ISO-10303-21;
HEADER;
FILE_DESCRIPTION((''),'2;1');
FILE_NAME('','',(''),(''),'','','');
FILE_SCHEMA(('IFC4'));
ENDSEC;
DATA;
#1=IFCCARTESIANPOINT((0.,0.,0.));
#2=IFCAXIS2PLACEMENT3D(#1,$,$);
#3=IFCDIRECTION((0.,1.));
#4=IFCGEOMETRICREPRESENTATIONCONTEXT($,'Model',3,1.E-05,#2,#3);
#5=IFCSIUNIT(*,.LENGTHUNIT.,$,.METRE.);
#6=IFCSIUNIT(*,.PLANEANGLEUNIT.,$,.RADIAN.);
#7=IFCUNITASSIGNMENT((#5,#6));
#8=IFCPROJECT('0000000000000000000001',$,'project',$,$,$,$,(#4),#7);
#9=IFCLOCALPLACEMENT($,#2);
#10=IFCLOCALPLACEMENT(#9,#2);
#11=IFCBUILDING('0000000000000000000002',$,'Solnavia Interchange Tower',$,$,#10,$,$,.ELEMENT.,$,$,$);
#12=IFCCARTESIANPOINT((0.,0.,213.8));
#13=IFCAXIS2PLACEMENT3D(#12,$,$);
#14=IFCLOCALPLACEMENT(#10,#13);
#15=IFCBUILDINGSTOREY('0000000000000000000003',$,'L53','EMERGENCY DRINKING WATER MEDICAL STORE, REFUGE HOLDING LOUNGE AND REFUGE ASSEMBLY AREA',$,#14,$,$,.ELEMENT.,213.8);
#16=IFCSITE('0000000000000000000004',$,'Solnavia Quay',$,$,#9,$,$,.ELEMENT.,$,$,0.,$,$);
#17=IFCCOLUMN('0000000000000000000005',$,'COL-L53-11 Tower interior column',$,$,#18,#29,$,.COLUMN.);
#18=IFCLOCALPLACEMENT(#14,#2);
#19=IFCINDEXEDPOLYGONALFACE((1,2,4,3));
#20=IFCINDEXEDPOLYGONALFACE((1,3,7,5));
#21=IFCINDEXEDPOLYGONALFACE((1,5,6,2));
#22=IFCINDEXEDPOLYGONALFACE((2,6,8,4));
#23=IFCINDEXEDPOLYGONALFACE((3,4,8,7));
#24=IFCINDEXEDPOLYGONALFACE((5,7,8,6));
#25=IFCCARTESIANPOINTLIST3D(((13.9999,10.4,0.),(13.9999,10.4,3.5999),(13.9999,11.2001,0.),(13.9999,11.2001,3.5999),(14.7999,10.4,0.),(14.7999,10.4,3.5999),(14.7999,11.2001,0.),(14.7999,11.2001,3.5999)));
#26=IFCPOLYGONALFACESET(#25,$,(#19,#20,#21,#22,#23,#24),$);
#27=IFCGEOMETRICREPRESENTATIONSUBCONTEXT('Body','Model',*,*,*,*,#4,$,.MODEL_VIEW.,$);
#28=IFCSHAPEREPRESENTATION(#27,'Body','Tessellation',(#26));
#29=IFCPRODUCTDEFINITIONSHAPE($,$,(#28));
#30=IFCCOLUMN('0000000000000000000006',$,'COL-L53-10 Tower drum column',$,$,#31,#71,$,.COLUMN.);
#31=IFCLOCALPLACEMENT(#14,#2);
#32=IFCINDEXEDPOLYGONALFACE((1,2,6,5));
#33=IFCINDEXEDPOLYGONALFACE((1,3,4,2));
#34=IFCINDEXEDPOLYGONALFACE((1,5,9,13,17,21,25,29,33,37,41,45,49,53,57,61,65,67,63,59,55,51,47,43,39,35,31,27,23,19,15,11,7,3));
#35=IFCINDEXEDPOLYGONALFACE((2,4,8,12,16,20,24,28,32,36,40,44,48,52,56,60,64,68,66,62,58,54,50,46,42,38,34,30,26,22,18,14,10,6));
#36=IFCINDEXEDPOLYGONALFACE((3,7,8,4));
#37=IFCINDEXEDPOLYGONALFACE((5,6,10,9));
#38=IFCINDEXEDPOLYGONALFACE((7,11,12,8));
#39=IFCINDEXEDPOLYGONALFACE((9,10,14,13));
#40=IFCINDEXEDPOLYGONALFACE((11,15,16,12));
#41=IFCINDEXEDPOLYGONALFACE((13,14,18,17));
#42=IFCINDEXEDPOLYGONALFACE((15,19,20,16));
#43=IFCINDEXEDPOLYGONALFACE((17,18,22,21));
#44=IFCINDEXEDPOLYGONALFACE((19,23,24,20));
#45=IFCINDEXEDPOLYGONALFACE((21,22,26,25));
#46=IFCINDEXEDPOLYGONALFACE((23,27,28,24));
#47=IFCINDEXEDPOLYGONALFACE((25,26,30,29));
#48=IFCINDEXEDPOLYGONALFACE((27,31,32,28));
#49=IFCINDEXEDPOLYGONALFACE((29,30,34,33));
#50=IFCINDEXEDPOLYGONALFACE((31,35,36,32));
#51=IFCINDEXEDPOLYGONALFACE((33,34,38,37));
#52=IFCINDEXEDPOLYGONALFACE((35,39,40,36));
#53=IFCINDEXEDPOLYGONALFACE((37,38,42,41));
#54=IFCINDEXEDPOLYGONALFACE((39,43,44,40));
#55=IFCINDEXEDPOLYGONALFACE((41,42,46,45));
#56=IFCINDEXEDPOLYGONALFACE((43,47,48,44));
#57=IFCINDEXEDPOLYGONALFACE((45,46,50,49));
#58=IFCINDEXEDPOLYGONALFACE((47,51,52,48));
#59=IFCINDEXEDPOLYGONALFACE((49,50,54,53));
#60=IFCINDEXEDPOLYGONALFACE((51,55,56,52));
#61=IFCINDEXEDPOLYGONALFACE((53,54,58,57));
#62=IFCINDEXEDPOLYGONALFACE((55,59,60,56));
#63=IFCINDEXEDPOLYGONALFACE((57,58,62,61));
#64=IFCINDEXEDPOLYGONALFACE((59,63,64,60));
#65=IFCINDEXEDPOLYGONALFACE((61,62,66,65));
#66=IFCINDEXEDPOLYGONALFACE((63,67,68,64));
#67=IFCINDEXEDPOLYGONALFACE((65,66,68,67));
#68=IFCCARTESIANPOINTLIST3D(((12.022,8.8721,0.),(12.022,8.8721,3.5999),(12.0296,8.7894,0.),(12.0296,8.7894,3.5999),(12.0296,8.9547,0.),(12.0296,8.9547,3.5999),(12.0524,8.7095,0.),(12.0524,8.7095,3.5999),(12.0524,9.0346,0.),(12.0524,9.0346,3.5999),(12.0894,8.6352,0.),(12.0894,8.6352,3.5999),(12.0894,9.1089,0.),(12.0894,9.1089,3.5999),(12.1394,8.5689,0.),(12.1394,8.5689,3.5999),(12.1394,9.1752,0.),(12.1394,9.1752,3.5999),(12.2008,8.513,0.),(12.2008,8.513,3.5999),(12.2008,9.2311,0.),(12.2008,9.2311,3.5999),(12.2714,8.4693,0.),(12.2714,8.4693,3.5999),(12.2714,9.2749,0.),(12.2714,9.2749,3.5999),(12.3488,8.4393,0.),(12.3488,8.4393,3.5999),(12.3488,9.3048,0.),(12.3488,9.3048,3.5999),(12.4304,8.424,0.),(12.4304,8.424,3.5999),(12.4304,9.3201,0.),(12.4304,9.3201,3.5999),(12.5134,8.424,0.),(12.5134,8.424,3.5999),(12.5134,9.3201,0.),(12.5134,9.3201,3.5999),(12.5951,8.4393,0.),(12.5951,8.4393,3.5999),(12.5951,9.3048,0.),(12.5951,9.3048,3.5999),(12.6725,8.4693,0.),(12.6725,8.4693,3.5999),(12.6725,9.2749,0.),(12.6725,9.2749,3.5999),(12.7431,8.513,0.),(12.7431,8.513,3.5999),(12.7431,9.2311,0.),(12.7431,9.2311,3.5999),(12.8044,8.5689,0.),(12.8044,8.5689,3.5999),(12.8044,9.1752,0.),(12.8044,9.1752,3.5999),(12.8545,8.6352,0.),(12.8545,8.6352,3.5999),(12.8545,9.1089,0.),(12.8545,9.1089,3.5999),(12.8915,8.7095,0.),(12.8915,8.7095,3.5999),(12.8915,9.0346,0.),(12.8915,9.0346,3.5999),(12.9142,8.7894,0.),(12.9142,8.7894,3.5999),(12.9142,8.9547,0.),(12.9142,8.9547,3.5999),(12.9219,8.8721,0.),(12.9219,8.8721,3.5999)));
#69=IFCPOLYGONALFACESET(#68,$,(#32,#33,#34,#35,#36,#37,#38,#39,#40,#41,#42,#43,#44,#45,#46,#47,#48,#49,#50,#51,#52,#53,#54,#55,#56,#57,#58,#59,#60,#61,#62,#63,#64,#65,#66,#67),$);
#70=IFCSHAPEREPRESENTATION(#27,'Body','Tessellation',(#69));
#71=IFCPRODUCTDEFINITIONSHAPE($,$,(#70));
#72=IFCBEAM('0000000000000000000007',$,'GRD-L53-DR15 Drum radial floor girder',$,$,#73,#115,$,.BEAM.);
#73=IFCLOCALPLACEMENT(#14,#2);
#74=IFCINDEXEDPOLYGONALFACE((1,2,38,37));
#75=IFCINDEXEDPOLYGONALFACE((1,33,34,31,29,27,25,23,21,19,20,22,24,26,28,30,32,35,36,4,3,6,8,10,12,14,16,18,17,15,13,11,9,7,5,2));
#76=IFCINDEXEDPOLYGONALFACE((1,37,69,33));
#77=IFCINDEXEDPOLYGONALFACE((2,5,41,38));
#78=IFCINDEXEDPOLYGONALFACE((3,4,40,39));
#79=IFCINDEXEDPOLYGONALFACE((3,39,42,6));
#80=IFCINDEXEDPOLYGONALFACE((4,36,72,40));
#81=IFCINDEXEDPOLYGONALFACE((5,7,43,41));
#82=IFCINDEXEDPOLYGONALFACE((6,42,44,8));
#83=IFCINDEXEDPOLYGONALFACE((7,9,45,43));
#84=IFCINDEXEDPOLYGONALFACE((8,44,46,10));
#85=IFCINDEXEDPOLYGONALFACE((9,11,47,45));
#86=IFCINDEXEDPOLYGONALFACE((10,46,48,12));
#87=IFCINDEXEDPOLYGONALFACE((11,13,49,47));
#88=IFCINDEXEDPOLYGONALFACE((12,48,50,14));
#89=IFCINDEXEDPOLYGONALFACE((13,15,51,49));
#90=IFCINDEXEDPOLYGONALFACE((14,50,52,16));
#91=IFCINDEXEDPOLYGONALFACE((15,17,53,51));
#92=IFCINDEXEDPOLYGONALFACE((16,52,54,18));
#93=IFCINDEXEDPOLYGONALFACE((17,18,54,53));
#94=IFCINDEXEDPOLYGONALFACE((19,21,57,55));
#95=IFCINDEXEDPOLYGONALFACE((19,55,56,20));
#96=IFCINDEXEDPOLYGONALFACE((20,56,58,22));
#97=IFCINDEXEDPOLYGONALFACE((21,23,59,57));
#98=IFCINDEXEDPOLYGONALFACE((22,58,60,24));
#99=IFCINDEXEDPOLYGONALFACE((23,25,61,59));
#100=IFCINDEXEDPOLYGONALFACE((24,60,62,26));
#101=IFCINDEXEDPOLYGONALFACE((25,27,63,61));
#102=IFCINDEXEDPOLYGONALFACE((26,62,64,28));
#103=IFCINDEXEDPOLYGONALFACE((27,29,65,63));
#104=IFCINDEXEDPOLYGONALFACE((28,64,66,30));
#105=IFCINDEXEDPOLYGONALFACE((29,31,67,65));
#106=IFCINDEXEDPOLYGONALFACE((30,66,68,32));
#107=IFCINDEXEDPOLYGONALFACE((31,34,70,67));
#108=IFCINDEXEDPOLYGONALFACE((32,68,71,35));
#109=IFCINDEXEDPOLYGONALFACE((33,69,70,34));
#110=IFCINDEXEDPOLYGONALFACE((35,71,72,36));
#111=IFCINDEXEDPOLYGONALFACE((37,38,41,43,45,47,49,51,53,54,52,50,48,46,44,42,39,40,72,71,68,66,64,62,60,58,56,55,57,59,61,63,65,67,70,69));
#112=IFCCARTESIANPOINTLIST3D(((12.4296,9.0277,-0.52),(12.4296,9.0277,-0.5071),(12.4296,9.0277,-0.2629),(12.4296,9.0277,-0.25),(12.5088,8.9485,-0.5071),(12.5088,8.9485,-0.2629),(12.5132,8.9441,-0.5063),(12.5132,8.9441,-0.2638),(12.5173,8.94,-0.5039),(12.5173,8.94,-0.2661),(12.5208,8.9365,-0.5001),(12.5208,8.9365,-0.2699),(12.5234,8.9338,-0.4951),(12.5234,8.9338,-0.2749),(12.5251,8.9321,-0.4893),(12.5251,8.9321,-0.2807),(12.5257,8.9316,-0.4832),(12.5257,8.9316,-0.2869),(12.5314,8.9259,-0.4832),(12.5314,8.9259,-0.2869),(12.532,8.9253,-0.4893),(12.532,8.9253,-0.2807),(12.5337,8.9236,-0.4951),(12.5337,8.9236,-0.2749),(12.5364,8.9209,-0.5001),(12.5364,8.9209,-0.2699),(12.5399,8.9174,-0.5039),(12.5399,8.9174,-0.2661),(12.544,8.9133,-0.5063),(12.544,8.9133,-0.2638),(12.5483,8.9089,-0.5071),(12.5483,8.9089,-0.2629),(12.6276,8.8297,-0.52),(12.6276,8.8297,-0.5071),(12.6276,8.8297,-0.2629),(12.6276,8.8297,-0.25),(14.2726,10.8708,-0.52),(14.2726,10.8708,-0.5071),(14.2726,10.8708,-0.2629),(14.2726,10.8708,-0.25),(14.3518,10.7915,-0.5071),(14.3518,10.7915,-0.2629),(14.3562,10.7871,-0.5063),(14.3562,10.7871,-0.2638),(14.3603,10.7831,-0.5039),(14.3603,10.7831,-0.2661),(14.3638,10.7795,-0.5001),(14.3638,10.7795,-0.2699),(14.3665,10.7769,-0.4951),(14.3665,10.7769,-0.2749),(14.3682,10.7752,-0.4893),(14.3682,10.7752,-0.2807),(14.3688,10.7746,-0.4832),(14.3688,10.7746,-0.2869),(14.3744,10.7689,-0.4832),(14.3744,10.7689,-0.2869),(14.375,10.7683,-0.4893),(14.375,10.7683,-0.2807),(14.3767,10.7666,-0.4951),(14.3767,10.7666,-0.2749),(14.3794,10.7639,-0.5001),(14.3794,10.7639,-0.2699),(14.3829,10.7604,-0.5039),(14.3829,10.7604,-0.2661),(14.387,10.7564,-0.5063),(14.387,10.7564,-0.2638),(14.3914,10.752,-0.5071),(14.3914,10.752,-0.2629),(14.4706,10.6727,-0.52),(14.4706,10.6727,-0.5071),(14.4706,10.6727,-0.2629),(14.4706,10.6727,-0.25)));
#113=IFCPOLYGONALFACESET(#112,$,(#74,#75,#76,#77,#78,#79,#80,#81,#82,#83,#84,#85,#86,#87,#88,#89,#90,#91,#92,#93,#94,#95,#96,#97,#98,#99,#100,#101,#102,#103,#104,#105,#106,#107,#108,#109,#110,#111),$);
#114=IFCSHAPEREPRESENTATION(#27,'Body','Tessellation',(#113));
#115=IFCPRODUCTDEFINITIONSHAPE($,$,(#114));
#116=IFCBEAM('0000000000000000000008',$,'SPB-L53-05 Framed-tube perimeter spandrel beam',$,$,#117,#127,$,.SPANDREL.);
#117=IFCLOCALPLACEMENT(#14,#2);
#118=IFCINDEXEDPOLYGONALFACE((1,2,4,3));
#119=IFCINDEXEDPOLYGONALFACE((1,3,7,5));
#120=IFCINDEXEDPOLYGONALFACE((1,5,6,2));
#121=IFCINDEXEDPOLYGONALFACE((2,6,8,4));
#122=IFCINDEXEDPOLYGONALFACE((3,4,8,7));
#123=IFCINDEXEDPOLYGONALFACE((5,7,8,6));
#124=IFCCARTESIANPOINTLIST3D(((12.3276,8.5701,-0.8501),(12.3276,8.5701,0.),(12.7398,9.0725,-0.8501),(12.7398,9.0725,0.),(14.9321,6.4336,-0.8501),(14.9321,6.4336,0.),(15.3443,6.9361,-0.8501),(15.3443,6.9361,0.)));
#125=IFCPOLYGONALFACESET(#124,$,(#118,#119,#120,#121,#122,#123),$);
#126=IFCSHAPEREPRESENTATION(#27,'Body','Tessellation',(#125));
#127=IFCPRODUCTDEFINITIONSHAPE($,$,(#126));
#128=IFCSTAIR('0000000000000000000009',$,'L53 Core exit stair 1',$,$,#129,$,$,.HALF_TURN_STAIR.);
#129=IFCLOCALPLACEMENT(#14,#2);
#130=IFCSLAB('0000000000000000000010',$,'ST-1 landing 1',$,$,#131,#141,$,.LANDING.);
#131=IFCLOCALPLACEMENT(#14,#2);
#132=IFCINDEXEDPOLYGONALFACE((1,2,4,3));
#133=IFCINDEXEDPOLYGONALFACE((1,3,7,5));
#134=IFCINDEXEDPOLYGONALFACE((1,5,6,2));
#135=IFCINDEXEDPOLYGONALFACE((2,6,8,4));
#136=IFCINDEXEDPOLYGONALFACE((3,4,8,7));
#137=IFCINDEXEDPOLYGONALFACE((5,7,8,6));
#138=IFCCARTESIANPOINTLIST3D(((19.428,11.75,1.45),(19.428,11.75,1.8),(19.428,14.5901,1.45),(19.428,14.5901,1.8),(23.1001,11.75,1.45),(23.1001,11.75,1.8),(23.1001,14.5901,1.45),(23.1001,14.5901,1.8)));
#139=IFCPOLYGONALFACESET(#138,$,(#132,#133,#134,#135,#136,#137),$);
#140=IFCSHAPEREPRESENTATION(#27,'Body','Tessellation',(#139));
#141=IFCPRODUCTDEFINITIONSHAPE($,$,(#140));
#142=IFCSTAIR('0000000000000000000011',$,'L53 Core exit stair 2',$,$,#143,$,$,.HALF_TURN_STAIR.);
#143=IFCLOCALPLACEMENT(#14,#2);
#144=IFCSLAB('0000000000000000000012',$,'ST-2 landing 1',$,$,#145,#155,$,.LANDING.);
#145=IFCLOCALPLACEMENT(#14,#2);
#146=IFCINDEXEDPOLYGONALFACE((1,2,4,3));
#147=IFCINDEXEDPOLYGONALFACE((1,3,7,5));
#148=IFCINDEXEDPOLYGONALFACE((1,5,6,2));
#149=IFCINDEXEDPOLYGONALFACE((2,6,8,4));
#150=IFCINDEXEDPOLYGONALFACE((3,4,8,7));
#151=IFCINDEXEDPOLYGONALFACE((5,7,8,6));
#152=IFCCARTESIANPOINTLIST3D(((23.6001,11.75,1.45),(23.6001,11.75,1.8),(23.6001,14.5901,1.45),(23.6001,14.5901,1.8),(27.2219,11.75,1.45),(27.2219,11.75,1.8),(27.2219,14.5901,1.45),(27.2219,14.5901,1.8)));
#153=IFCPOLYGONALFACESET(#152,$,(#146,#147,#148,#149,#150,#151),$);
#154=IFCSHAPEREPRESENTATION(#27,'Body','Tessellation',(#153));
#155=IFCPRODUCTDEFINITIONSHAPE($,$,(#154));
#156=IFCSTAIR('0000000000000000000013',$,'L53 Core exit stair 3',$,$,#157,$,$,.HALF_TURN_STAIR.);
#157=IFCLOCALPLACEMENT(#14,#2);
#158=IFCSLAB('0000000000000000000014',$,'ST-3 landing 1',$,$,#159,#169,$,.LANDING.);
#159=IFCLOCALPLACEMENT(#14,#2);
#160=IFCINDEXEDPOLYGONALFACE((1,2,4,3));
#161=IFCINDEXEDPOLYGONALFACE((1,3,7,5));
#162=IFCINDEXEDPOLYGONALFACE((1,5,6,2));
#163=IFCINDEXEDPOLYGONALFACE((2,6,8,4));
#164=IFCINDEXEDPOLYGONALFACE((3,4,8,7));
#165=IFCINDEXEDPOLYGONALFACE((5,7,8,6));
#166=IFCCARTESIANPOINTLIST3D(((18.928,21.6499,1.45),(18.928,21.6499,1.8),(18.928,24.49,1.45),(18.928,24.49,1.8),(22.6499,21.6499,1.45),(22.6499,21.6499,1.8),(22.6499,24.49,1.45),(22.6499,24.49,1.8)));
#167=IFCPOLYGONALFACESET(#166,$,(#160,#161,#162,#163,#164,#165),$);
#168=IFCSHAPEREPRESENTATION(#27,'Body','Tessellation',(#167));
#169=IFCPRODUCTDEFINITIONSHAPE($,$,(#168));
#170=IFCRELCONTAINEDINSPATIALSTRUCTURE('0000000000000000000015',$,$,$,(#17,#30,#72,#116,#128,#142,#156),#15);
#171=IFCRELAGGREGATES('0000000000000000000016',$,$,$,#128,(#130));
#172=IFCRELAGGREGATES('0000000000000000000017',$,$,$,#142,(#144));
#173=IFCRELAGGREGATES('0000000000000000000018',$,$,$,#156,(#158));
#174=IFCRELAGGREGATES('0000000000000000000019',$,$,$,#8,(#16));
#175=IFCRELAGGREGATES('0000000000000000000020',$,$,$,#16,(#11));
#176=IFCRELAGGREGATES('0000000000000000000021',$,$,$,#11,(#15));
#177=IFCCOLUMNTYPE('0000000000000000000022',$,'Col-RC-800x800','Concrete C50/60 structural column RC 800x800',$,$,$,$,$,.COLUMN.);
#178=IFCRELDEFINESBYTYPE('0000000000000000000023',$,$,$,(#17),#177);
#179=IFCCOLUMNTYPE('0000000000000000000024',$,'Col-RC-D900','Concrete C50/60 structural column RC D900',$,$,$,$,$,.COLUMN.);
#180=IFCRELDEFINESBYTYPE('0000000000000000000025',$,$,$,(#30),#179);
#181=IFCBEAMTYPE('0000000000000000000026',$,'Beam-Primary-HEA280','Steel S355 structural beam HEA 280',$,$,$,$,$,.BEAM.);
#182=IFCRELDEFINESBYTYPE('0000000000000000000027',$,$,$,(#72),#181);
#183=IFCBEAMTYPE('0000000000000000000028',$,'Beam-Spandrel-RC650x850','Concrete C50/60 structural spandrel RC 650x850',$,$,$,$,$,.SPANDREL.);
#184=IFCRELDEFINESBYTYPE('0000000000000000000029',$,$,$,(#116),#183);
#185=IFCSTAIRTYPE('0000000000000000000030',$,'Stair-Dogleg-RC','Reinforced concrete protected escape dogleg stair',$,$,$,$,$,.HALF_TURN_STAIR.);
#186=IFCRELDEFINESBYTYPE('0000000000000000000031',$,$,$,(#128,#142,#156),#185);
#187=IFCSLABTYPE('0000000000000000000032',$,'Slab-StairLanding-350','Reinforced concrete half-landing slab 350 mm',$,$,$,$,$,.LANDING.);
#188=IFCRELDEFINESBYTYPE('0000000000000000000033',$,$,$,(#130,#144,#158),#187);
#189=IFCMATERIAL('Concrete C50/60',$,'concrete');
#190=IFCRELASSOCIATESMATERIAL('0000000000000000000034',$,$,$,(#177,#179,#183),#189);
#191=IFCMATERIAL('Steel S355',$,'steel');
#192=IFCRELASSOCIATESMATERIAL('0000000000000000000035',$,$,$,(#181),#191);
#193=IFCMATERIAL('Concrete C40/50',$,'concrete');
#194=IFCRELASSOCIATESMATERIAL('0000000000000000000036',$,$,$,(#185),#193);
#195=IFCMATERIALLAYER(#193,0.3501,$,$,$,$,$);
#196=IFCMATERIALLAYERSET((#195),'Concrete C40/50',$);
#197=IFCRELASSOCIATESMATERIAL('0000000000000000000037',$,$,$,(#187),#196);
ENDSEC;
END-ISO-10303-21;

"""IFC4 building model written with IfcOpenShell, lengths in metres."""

from ifc_helpers import new_model, si_unit, direction, frame, origin, origin_2d, place, context, subcontext, project, spatial, polyline, rectangle, circle, i_section, outline, extrude, material, layer, layer_set, material_profile, profile_set, type_object, element, aggregate, save


model = new_model("IFC4")

# Units and contexts
model_context = context("Model", 3, precision=1e-05, world=origin(), true_north=direction((0.0, 1.0)))
body_context = subcontext(model_context, "Body", "Model", "MODEL_VIEW")
ifc_project = project(units=[si_unit("LENGTHUNIT", "METRE"), si_unit("PLANEANGLEUNIT", "RADIAN")], contexts=[model_context])

# Site, building, storey
site_placement = place(None, origin())
site = spatial("IfcSite", under=ifc_project, at=site_placement, Name="Solnavia Quay", CompositionType="ELEMENT", RefElevation=0.0)
building_placement = place(site_placement, origin())
building = spatial("IfcBuilding", under=site, at=building_placement, Name="Solnavia Interchange Tower", CompositionType="ELEMENT")
storey_placement = place(building_placement, frame((0.0, 0.0, 213.8)))
storey = spatial("IfcBuildingStorey", under=building, at=storey_placement, Name="L53", Description="EMERGENCY DRINKING WATER MEDICAL STORE, REFUGE HOLDING LOUNGE AND REFUGE ASSEMBLY AREA", CompositionType="ELEMENT", Elevation=213.8)

# Columns
ifc_material_1 = material(Name="Concrete C50/60", Category="concrete")
ifc_material_profile_1 = material_profile(ifc_material_1, rectangle(XDim=0.8, YDim=0.8, at=origin_2d()), Name="RC 800x800")
ifc_profile_set_1 = profile_set([ifc_material_profile_1], Name="Concrete C50/60")
column_type_1 = type_object("IfcColumnType", Name="Col-RC-800x800", Description="Concrete C50/60 structural column RC 800x800", PredefinedType="COLUMN", material=ifc_profile_set_1)
column_1_placement = place(storey_placement, frame((14.3999, 10.8, 0.0), z_axis=(0.0, 0.0, 1.0), x_axis=(1.0, 0.0, 0.0)))
element("IfcColumn", 1, at=column_1_placement, inside=storey, type_object=column_type_1, Name="COL-L53-11 Tower interior column", PredefinedType="COLUMN", context=body_context, shape_type="SweptSolid", body=[
    extrude(rectangle(XDim=0.8, YDim=0.8, at=origin_2d()), origin(), (0.0, 0.0, 1.0), 3.5999),
])
ifc_material_profile_2 = material_profile(ifc_material_1, circle(Radius=0.45, at=origin_2d()), Name="RC D900")
ifc_profile_set_2 = profile_set([ifc_material_profile_2], Name="Concrete C50/60")
column_type_2 = type_object("IfcColumnType", Name="Col-RC-D900", Description="Concrete C50/60 structural column RC D900", PredefinedType="COLUMN", material=ifc_profile_set_2)
column_2_placement = place(storey_placement, frame((12.4719, 8.8721, 0.0), z_axis=(0.0, 0.0, 1.0), x_axis=(1.0, 0.0, 0.0)))
element("IfcColumn", 2, at=column_2_placement, inside=storey, type_object=column_type_2, Name="COL-L53-10 Tower drum column", PredefinedType="COLUMN", context=body_context, shape_type="SweptSolid", body=[
    extrude(circle(Radius=0.45, at=origin_2d()), origin(), (0.0, 0.0, 1.0), 3.5999),
])

# Beams
ifc_material_2 = material(Name="Steel S355", Category="steel")
ifc_material_profile_3 = material_profile(ifc_material_2, i_section(OverallWidth=0.28, OverallDepth=0.27, WebThickness=0.0081, FlangeThickness=0.0129, FilletRadius=0.0239, at=origin_2d()), Name="HEA 280")
ifc_profile_set_3 = profile_set([ifc_material_profile_3], Name="Steel S355")
beam_type_1 = type_object("IfcBeamType", Name="Beam-Primary-HEA280", Description="Steel S355 structural beam HEA 280", PredefinedType="BEAM", material=ifc_profile_set_3)
beam_1_placement = place(storey_placement, frame((12.5286, 8.9287, -0.385), z_axis=(0.707107, 0.707107, 0.0), x_axis=(-0.707107, 0.707107, 0.0)))
element("IfcBeam", 3, at=beam_1_placement, inside=storey, type_object=beam_type_1, Name="GRD-L53-DR15 Drum radial floor girder", PredefinedType="BEAM", context=body_context, shape_type="SweptSolid", body=[
    extrude(i_section(OverallWidth=0.28, OverallDepth=0.27, WebThickness=0.0081, FlangeThickness=0.0129, FilletRadius=0.0239, at=origin_2d()), origin(), (0.0, 0.0, 1.0), 2.6064),
])
ifc_material_profile_4 = material_profile(ifc_material_1, rectangle(XDim=0.6499, YDim=0.8501, at=origin_2d()), Name="RC 650x850")
ifc_profile_set_4 = profile_set([ifc_material_profile_4], Name="Concrete C50/60")
beam_type_2 = type_object("IfcBeamType", Name="Beam-Spandrel-RC650x850", Description="Concrete C50/60 structural spandrel RC 650x850", PredefinedType="SPANDREL", material=ifc_profile_set_4)
beam_2_placement = place(storey_placement, frame((12.5337, 8.8213, -0.425), z_axis=(0.773153, -0.63422, 0.0), x_axis=(0.63422, 0.773153, 0.0)))
element("IfcBeam", 4, at=beam_2_placement, inside=storey, type_object=beam_type_2, Name="SPB-L53-05 Framed-tube perimeter spandrel beam", PredefinedType="SPANDREL", context=body_context, shape_type="SweptSolid", body=[
    extrude(rectangle(XDim=0.6499, YDim=0.8501, at=origin_2d()), origin(), (0.0, 0.0, 1.0), 3.3687),
])

# Stairs, slabs
ifc_material_3 = material(Name="Concrete C40/50", Category="concrete")
stair_type = type_object("IfcStairType", Name="Stair-Dogleg-RC", Description="Reinforced concrete protected escape dogleg stair", PredefinedType="HALF_TURN_STAIR", material=ifc_material_3)
stair_1_placement = place(storey_placement, origin())
stair_1 = element("IfcStair", 5, at=stair_1_placement, inside=storey, type_object=stair_type, Name="L53 Core exit stair 1", PredefinedType="HALF_TURN_STAIR")
ifc_layer_1 = layer(ifc_material_3, 0.3501)
ifc_layer_set_1 = layer_set([ifc_layer_1], Name="Concrete C40/50")
slab_type_1 = type_object("IfcSlabType", Name="Slab-StairLanding-350", Description="Reinforced concrete half-landing slab 350 mm", PredefinedType="LANDING", material=ifc_layer_set_1)
slab_1_placement = place(storey_placement, frame((0.0, 0.0, 1.45)))
slab_1 = element("IfcSlab", 6, at=slab_1_placement, type_object=slab_type_1, Name="ST-1 landing 1", PredefinedType="LANDING", context=body_context, shape_type="SweptSolid", body=[
    extrude(outline(polyline([(19.428, 11.75), (23.1001, 11.75), (23.1001, 14.5901), (19.428, 14.5901), (19.428, 11.75)])), origin(), (0.0, 0.0, 1.0), 0.3501),
])
aggregate(stair_1, [slab_1])
stair_2_placement = place(storey_placement, origin())
stair_2 = element("IfcStair", 7, at=stair_2_placement, inside=storey, type_object=stair_type, Name="L53 Core exit stair 2", PredefinedType="HALF_TURN_STAIR")
slab_2_placement = place(storey_placement, frame((0.0, 0.0, 1.45)))
slab_2 = element("IfcSlab", 8, at=slab_2_placement, type_object=slab_type_1, Name="ST-2 landing 1", PredefinedType="LANDING", context=body_context, shape_type="SweptSolid", body=[
    extrude(outline(polyline([(23.6001, 11.75), (27.2219, 11.75), (27.2219, 14.5901), (23.6001, 14.5901), (23.6001, 11.75)])), origin(), (0.0, 0.0, 1.0), 0.3501),
])
aggregate(stair_2, [slab_2])
stair_3_placement = place(storey_placement, origin())
stair_3 = element("IfcStair", 9, at=stair_3_placement, inside=storey, type_object=stair_type, Name="L53 Core exit stair 3", PredefinedType="HALF_TURN_STAIR")
slab_3_placement = place(storey_placement, frame((0.0, 0.0, 1.45)))
slab_3 = element("IfcSlab", 10, at=slab_3_placement, type_object=slab_type_1, Name="ST-3 landing 1", PredefinedType="LANDING", context=body_context, shape_type="SweptSolid", body=[
    extrude(outline(polyline([(18.928, 21.6499), (22.6499, 21.6499), (22.6499, 24.49), (18.928, 24.49), (18.928, 21.6499)])), origin(), (0.0, 0.0, 1.0), 0.3501),
])
aggregate(stair_3, [slab_3])

save(model, "model.ifc")
